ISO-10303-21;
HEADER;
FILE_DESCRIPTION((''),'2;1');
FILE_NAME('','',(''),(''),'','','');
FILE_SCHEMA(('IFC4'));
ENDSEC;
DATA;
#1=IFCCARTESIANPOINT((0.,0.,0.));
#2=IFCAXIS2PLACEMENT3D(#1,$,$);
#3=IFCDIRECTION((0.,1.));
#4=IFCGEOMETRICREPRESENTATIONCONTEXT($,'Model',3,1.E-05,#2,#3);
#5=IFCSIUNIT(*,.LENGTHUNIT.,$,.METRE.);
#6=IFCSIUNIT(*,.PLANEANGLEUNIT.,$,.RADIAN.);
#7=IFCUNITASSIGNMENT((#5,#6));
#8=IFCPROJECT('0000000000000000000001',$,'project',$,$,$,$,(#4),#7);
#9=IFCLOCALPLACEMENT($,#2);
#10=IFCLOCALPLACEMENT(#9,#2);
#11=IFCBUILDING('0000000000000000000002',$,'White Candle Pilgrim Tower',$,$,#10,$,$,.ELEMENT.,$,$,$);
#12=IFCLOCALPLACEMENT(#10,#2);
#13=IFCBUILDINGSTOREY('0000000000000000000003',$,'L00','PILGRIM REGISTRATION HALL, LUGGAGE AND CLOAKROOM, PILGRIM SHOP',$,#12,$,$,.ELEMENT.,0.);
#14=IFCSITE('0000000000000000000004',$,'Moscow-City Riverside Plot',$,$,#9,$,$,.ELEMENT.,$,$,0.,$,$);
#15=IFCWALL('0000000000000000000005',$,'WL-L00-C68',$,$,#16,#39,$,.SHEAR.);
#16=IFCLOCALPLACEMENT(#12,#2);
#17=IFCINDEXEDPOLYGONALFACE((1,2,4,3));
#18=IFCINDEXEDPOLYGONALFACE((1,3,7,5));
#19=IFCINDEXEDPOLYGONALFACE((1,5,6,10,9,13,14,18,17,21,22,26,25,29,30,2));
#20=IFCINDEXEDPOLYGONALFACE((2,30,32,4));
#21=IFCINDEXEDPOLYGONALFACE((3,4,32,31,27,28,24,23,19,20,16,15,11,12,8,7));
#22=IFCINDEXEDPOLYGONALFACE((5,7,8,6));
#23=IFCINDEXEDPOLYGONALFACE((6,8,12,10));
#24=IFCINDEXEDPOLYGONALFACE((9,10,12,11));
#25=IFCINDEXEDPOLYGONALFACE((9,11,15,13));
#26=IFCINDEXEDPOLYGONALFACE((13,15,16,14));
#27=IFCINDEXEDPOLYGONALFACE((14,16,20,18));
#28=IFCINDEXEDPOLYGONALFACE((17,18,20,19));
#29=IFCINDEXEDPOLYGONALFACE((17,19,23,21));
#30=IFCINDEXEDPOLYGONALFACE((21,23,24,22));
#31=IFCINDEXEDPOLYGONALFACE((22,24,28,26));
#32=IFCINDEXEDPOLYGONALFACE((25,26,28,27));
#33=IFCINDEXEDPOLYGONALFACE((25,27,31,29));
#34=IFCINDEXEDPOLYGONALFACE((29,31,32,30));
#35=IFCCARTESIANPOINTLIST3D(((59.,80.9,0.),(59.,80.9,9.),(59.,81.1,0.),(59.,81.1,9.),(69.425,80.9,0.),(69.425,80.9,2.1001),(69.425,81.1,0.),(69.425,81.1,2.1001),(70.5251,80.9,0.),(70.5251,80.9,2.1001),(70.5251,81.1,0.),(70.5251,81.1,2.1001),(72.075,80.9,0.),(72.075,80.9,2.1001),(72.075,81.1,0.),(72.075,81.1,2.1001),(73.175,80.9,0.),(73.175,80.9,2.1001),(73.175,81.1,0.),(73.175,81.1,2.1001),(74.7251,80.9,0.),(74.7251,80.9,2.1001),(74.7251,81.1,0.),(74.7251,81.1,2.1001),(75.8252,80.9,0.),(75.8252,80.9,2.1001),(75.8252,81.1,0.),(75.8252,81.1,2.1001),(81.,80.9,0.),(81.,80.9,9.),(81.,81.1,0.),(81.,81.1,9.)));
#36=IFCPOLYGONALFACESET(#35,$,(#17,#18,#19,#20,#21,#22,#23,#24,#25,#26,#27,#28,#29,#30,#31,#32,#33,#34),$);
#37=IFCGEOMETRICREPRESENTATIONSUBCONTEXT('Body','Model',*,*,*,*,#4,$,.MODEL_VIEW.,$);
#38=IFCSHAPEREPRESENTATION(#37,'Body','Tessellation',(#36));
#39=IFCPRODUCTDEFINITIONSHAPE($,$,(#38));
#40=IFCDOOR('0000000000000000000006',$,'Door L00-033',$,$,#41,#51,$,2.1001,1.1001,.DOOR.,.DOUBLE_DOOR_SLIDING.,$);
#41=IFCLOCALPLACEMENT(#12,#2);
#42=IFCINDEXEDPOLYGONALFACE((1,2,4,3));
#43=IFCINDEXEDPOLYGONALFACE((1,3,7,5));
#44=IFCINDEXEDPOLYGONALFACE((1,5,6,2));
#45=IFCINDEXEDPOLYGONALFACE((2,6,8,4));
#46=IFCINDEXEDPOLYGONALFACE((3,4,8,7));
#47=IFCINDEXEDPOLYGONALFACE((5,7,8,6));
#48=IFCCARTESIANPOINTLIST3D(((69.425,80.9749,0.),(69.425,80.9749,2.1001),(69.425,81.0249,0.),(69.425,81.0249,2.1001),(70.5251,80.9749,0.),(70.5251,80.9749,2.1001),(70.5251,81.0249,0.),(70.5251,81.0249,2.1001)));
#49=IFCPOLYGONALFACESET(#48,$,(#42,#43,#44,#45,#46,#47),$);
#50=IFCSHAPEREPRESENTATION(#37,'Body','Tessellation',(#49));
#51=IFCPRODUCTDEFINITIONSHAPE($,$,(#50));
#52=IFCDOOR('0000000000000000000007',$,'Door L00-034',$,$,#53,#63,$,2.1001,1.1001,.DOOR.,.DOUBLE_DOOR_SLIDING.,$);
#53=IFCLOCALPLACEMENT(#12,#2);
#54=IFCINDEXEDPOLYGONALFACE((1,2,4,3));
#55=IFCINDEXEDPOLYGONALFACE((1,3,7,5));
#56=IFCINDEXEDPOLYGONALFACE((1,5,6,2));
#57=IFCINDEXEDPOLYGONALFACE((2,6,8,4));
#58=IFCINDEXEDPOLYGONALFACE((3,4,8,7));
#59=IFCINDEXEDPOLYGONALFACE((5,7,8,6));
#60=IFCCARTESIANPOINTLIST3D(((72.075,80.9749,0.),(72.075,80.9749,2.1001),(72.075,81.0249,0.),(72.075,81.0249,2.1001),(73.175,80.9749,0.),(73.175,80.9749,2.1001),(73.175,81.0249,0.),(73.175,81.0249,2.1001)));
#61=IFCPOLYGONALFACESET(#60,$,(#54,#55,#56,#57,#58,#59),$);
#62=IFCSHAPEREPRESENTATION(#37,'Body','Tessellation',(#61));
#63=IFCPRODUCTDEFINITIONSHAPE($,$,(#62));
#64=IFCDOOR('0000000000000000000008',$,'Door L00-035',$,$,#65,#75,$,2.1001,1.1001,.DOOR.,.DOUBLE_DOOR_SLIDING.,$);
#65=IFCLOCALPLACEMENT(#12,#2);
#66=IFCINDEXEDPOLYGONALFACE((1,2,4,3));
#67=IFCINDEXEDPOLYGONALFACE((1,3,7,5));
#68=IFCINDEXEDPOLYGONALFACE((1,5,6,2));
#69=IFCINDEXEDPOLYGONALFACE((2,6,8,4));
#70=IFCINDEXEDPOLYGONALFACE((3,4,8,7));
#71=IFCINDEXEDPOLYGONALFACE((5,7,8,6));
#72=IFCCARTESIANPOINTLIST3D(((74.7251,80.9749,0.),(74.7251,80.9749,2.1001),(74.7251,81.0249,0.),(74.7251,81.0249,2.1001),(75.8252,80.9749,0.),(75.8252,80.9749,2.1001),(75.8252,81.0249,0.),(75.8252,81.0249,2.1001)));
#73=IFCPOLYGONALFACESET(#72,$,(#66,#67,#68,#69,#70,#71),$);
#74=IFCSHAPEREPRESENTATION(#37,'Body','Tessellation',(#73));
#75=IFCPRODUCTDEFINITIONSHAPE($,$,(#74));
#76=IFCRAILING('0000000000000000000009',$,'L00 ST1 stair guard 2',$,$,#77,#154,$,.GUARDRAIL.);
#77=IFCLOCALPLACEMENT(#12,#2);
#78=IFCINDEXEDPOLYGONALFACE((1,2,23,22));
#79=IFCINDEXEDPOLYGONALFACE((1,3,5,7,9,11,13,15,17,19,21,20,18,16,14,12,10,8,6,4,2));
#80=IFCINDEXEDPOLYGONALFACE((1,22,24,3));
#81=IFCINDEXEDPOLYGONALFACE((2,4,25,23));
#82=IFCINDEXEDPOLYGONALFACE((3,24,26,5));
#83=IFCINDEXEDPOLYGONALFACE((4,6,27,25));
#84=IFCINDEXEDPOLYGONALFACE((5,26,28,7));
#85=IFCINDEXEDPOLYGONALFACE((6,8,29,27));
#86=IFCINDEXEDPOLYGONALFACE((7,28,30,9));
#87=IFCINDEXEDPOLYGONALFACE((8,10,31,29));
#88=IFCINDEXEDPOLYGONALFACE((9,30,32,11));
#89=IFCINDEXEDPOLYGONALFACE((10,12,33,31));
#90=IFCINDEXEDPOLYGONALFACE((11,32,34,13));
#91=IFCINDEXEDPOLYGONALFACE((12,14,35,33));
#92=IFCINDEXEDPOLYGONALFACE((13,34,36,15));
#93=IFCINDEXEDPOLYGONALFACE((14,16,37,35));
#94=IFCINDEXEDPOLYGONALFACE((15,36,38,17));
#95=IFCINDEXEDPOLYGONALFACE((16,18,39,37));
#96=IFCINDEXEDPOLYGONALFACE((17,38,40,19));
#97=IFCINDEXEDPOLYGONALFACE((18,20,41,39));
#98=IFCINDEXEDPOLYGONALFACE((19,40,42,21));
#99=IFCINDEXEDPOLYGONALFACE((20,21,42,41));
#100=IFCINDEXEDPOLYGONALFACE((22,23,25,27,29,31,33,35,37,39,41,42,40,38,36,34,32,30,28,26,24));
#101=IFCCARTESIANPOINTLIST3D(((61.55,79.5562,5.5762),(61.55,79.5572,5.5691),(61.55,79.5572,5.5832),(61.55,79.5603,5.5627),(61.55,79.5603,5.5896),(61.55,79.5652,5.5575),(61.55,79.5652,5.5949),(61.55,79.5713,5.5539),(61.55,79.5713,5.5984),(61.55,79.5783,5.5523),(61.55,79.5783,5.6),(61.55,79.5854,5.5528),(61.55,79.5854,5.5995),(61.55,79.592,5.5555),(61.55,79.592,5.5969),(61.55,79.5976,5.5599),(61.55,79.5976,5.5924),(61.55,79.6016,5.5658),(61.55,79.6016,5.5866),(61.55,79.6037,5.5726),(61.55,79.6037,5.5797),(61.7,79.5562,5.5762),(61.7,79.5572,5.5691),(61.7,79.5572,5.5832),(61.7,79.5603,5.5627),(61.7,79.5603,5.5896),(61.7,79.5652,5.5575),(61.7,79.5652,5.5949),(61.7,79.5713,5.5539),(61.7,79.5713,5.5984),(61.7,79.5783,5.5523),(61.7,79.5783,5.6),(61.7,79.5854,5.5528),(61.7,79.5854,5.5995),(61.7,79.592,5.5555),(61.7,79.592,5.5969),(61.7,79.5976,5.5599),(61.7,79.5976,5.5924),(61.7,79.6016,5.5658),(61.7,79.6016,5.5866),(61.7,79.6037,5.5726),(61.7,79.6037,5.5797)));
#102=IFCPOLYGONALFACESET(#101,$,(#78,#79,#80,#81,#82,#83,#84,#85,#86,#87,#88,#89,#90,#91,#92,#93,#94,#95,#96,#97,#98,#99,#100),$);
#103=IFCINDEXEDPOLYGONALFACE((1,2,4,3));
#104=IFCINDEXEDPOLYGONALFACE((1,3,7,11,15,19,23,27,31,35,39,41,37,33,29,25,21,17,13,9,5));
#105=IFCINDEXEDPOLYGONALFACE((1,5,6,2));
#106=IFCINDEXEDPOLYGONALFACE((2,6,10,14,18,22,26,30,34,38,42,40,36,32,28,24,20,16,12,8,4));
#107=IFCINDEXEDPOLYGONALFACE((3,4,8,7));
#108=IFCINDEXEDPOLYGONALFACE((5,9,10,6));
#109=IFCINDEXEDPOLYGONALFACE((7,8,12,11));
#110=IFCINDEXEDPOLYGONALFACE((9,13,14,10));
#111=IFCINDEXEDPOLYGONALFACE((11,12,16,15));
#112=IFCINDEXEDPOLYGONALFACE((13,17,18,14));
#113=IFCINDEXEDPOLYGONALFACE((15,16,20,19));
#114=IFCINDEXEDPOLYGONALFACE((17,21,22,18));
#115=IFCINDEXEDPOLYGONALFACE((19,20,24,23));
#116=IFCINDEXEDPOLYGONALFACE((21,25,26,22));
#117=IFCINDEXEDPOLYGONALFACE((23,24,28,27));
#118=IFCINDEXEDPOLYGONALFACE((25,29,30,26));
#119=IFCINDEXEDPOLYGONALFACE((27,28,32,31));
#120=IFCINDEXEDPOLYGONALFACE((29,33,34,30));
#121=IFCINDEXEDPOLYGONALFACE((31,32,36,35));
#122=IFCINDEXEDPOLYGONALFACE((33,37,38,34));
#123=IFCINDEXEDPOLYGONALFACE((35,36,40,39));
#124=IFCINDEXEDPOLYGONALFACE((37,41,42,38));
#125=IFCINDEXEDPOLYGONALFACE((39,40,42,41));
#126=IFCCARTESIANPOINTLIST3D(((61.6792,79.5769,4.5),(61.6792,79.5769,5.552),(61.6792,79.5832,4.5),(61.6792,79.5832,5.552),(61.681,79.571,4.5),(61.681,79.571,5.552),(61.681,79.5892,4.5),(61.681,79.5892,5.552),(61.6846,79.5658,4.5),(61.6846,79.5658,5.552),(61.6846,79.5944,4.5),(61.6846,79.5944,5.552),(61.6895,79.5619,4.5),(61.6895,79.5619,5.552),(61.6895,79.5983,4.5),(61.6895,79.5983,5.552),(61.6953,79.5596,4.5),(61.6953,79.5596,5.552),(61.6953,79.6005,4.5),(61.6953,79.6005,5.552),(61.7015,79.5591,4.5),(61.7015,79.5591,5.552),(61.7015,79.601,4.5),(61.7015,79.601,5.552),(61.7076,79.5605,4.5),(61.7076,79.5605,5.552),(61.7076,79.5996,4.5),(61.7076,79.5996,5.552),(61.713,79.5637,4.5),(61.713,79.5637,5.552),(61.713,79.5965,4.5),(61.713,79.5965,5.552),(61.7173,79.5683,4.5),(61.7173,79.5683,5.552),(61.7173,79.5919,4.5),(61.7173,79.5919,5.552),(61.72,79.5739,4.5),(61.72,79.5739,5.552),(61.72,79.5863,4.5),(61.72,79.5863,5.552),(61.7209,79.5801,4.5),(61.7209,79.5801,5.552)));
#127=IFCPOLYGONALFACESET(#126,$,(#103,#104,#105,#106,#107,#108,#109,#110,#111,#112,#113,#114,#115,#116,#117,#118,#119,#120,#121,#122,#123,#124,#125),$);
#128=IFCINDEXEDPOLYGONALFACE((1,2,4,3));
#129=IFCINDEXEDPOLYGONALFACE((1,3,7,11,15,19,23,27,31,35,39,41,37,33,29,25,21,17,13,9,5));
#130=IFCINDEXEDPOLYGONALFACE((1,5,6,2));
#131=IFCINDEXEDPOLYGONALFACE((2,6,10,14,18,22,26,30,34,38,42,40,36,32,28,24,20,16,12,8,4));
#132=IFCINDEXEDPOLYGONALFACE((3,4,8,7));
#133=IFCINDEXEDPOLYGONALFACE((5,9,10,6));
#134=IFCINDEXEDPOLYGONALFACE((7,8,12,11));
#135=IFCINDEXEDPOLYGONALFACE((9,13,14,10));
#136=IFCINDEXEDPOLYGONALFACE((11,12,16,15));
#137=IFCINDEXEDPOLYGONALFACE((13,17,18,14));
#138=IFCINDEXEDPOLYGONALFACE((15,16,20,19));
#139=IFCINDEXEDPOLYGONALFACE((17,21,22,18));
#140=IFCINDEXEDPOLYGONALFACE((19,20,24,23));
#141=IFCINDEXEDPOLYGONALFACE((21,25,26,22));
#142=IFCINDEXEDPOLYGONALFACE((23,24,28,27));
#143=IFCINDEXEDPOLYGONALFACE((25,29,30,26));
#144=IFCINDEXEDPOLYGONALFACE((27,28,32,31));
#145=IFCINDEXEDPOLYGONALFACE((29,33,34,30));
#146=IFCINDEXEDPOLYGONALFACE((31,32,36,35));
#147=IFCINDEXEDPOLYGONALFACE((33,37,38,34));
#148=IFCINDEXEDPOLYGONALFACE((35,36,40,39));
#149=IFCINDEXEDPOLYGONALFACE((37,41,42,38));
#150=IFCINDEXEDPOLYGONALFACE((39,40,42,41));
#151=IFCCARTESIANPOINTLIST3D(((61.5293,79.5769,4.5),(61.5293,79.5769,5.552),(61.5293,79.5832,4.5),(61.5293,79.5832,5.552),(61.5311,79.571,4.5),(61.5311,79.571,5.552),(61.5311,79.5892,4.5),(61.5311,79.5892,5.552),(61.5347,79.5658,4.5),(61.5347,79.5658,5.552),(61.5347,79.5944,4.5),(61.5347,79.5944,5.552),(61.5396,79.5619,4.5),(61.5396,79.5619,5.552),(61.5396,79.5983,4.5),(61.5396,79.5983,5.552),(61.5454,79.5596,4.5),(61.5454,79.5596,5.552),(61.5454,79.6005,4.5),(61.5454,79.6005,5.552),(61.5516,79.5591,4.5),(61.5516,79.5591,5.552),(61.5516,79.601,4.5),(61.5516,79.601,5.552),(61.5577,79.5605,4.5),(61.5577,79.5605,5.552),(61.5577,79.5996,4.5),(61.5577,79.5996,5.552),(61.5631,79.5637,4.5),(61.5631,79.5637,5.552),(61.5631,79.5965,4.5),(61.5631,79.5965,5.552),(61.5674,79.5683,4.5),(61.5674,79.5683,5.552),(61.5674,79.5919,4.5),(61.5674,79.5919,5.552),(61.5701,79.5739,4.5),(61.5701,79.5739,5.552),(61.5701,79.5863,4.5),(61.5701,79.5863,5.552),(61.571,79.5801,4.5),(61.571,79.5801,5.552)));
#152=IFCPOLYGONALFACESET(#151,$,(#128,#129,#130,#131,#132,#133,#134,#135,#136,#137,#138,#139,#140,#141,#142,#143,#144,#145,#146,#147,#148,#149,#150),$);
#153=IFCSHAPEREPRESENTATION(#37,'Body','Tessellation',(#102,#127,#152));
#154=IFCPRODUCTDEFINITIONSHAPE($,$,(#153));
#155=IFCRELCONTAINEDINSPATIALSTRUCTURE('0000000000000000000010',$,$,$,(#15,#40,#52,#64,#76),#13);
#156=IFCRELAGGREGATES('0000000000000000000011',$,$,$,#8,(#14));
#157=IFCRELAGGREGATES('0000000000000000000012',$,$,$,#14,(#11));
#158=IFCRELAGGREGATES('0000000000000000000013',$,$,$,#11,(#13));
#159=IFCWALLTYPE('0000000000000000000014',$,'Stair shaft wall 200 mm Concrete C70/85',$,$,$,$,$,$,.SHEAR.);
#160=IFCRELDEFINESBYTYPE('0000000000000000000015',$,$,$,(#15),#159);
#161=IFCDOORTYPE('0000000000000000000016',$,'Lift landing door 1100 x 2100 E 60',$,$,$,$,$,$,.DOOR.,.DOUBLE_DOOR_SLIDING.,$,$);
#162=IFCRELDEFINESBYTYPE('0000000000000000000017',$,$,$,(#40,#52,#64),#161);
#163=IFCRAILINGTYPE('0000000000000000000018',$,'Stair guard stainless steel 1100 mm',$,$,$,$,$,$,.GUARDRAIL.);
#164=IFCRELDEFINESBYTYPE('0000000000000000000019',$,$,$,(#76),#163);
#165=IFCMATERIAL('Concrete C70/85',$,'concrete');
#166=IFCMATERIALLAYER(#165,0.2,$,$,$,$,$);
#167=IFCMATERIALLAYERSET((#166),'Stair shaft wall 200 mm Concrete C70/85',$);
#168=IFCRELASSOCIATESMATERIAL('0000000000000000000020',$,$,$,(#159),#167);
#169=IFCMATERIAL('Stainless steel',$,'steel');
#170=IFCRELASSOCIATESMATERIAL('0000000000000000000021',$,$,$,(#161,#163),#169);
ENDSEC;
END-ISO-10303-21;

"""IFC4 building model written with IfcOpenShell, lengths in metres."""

from ifc_helpers import new_model, si_unit, direction, frame, frame_2d, origin, origin_2d, place, context, subcontext, project, spatial, rectangle, circle, extrude, material, layer, layer_set, type_object, element, fill, save


model = new_model("IFC4")

# Units and contexts
model_context = context("Model", 3, precision=1e-05, world=origin(), true_north=direction((0.0, 1.0)))
body_context = subcontext(model_context, "Body", "Model", "MODEL_VIEW")
ifc_project = project(units=[si_unit("LENGTHUNIT", "METRE"), si_unit("PLANEANGLEUNIT", "RADIAN")], contexts=[model_context])

# Site, building, storey
site_placement = place(None, origin())
site = spatial("IfcSite", under=ifc_project, at=site_placement, Name="Moscow-City Riverside Plot", CompositionType="ELEMENT", RefElevation=0.0)
building_placement = place(site_placement, origin())
building = spatial("IfcBuilding", under=site, at=building_placement, Name="White Candle Pilgrim Tower", CompositionType="ELEMENT")
storey_placement = place(building_placement, origin())
storey = spatial("IfcBuildingStorey", under=building, at=storey_placement, Name="L00", Description="PILGRIM REGISTRATION HALL, LUGGAGE AND CLOAKROOM, PILGRIM SHOP", CompositionType="ELEMENT", Elevation=0.0)

# Shared definitions
ifc_material_1 = material(Name="Concrete C70/85", Category="concrete")

# Shared definitions
ifc_material_2 = material(Name="Stainless steel", Category="steel")

# Wall, openings, doors
ifc_layer_1 = layer(ifc_material_1, 0.2)
ifc_layer_set_1 = layer_set([ifc_layer_1], Name="Stair shaft wall 200 mm Concrete C70/85")
wall_type_1 = type_object("IfcWallType", Name="Stair shaft wall 200 mm Concrete C70/85", PredefinedType="SHEAR", material=ifc_layer_set_1)
wall_1_placement = place(storey_placement, frame((59.0, 81.0, 0.0), z_axis=(0.0, 0.0, 1.0), x_axis=(1.0, 0.0, 0.0)))
wall_1 = element("IfcWall", 1, at=wall_1_placement, inside=storey, type_object=wall_type_1, Name="WL-L00-C68", PredefinedType="SHEAR", context=body_context, shape_type="SweptSolid", body=[
    extrude(rectangle(XDim=22.0, YDim=0.2, at=frame_2d((11.0, 0.0))), origin(), (0.0, 0.0, 1.0), 9.0),
])
opening_1_placement = place(wall_1_placement, frame((10.425, 0.0, 0.0)))
opening_1 = element("IfcOpeningElement", 2, at=opening_1_placement, cuts=wall_1, PredefinedType="OPENING", context=body_context, shape_type="SweptSolid", body=[
    extrude(rectangle(XDim=1.1001, YDim=2.1001, at=frame_2d((0.55, 1.05))), frame((0.0, 0.1099, 0.0), z_axis=(0.0, -1.0, 0.0), x_axis=(1.0, 0.0, 0.0)), (0.0, 0.0, 1.0), 0.22),
])
opening_2_placement = place(wall_1_placement, frame((13.075, 0.0, 0.0)))
opening_2 = element("IfcOpeningElement", 3, at=opening_2_placement, cuts=wall_1, PredefinedType="OPENING", context=body_context, shape_type="SweptSolid", body=[
    extrude(rectangle(XDim=1.1001, YDim=2.1001, at=frame_2d((0.55, 1.05))), frame((0.0, 0.1099, 0.0), z_axis=(0.0, -1.0, 0.0), x_axis=(1.0, 0.0, 0.0)), (0.0, 0.0, 1.0), 0.22),
])
opening_3_placement = place(wall_1_placement, frame((15.7251, 0.0, 0.0)))
opening_3 = element("IfcOpeningElement", 4, at=opening_3_placement, cuts=wall_1, PredefinedType="OPENING", context=body_context, shape_type="SweptSolid", body=[
    extrude(rectangle(XDim=1.1001, YDim=2.1001, at=frame_2d((0.55, 1.05))), frame((0.0, 0.1099, 0.0), z_axis=(0.0, -1.0, 0.0), x_axis=(1.0, 0.0, 0.0)), (0.0, 0.0, 1.0), 0.22),
])
door_type_1 = type_object("IfcDoorType", Name="Lift landing door 1100 x 2100 E 60", OperationType="DOUBLE_DOOR_SLIDING", PredefinedType="DOOR", material=ifc_material_2)
door_1_placement = place(opening_1_placement, origin())
door_1 = element("IfcDoor", 5, at=door_1_placement, inside=storey, type_object=door_type_1, Name="Door L00-033", OperationType="DOUBLE_DOOR_SLIDING", OverallHeight=2.1001, OverallWidth=1.1001, PredefinedType="DOOR", context=body_context, shape_type="SweptSolid", body=[
    extrude(rectangle(XDim=1.1001, YDim=2.1001, at=frame_2d((0.55, 1.05))), frame((0.0, 0.0249, 0.0), z_axis=(0.0, -1.0, 0.0), x_axis=(1.0, 0.0, 0.0)), (0.0, 0.0, 1.0), 0.05),
])
fill(opening_1, door_1)
door_2_placement = place(opening_2_placement, origin())
door_2 = element("IfcDoor", 6, at=door_2_placement, inside=storey, type_object=door_type_1, Name="Door L00-034", OperationType="DOUBLE_DOOR_SLIDING", OverallHeight=2.1001, OverallWidth=1.1001, PredefinedType="DOOR", context=body_context, shape_type="SweptSolid", body=[
    extrude(rectangle(XDim=1.1001, YDim=2.1001, at=frame_2d((0.55, 1.05))), frame((0.0, 0.0249, 0.0), z_axis=(0.0, -1.0, 0.0), x_axis=(1.0, 0.0, 0.0)), (0.0, 0.0, 1.0), 0.05),
])
fill(opening_2, door_2)
door_3_placement = place(opening_3_placement, origin())
door_3 = element("IfcDoor", 7, at=door_3_placement, inside=storey, type_object=door_type_1, Name="Door L00-035", OperationType="DOUBLE_DOOR_SLIDING", OverallHeight=2.1001, OverallWidth=1.1001, PredefinedType="DOOR", context=body_context, shape_type="SweptSolid", body=[
    extrude(rectangle(XDim=1.1001, YDim=2.1001, at=frame_2d((0.55, 1.05))), frame((0.0, 0.0249, 0.0), z_axis=(0.0, -1.0, 0.0), x_axis=(1.0, 0.0, 0.0)), (0.0, 0.0, 1.0), 0.05),
])
fill(opening_3, door_3)

# Railing
railing_type = type_object("IfcRailingType", Name="Stair guard stainless steel 1100 mm", PredefinedType="GUARDRAIL", material=ifc_material_2)
railing_placement = place(storey_placement, frame((61.7, 79.5801, 4.5)))
element("IfcRailing", 8, at=railing_placement, inside=storey, type_object=railing_type, Name="L00 ST1 stair guard 2", PredefinedType="GUARDRAIL", context=body_context, shape_type="SweptSolid", body=[
    extrude(circle(Radius=0.0239, at=origin_2d()), frame((0.0, 0.0, 1.0762), z_axis=(-1.0, 0.0, 0.0), x_axis=(0.0, -1.0, 0.0)), (0.0, 0.0, 1.0), 0.1499),
    extrude(circle(Radius=0.021, at=origin_2d()), origin(), (0.0, 0.0, 1.0), 1.052),
    extrude(circle(Radius=0.021, at=origin_2d()), frame((-0.1499, 0.0, 0.0)), (0.0, 0.0, 1.0), 1.052),
])

save(model, "model.ifc")
